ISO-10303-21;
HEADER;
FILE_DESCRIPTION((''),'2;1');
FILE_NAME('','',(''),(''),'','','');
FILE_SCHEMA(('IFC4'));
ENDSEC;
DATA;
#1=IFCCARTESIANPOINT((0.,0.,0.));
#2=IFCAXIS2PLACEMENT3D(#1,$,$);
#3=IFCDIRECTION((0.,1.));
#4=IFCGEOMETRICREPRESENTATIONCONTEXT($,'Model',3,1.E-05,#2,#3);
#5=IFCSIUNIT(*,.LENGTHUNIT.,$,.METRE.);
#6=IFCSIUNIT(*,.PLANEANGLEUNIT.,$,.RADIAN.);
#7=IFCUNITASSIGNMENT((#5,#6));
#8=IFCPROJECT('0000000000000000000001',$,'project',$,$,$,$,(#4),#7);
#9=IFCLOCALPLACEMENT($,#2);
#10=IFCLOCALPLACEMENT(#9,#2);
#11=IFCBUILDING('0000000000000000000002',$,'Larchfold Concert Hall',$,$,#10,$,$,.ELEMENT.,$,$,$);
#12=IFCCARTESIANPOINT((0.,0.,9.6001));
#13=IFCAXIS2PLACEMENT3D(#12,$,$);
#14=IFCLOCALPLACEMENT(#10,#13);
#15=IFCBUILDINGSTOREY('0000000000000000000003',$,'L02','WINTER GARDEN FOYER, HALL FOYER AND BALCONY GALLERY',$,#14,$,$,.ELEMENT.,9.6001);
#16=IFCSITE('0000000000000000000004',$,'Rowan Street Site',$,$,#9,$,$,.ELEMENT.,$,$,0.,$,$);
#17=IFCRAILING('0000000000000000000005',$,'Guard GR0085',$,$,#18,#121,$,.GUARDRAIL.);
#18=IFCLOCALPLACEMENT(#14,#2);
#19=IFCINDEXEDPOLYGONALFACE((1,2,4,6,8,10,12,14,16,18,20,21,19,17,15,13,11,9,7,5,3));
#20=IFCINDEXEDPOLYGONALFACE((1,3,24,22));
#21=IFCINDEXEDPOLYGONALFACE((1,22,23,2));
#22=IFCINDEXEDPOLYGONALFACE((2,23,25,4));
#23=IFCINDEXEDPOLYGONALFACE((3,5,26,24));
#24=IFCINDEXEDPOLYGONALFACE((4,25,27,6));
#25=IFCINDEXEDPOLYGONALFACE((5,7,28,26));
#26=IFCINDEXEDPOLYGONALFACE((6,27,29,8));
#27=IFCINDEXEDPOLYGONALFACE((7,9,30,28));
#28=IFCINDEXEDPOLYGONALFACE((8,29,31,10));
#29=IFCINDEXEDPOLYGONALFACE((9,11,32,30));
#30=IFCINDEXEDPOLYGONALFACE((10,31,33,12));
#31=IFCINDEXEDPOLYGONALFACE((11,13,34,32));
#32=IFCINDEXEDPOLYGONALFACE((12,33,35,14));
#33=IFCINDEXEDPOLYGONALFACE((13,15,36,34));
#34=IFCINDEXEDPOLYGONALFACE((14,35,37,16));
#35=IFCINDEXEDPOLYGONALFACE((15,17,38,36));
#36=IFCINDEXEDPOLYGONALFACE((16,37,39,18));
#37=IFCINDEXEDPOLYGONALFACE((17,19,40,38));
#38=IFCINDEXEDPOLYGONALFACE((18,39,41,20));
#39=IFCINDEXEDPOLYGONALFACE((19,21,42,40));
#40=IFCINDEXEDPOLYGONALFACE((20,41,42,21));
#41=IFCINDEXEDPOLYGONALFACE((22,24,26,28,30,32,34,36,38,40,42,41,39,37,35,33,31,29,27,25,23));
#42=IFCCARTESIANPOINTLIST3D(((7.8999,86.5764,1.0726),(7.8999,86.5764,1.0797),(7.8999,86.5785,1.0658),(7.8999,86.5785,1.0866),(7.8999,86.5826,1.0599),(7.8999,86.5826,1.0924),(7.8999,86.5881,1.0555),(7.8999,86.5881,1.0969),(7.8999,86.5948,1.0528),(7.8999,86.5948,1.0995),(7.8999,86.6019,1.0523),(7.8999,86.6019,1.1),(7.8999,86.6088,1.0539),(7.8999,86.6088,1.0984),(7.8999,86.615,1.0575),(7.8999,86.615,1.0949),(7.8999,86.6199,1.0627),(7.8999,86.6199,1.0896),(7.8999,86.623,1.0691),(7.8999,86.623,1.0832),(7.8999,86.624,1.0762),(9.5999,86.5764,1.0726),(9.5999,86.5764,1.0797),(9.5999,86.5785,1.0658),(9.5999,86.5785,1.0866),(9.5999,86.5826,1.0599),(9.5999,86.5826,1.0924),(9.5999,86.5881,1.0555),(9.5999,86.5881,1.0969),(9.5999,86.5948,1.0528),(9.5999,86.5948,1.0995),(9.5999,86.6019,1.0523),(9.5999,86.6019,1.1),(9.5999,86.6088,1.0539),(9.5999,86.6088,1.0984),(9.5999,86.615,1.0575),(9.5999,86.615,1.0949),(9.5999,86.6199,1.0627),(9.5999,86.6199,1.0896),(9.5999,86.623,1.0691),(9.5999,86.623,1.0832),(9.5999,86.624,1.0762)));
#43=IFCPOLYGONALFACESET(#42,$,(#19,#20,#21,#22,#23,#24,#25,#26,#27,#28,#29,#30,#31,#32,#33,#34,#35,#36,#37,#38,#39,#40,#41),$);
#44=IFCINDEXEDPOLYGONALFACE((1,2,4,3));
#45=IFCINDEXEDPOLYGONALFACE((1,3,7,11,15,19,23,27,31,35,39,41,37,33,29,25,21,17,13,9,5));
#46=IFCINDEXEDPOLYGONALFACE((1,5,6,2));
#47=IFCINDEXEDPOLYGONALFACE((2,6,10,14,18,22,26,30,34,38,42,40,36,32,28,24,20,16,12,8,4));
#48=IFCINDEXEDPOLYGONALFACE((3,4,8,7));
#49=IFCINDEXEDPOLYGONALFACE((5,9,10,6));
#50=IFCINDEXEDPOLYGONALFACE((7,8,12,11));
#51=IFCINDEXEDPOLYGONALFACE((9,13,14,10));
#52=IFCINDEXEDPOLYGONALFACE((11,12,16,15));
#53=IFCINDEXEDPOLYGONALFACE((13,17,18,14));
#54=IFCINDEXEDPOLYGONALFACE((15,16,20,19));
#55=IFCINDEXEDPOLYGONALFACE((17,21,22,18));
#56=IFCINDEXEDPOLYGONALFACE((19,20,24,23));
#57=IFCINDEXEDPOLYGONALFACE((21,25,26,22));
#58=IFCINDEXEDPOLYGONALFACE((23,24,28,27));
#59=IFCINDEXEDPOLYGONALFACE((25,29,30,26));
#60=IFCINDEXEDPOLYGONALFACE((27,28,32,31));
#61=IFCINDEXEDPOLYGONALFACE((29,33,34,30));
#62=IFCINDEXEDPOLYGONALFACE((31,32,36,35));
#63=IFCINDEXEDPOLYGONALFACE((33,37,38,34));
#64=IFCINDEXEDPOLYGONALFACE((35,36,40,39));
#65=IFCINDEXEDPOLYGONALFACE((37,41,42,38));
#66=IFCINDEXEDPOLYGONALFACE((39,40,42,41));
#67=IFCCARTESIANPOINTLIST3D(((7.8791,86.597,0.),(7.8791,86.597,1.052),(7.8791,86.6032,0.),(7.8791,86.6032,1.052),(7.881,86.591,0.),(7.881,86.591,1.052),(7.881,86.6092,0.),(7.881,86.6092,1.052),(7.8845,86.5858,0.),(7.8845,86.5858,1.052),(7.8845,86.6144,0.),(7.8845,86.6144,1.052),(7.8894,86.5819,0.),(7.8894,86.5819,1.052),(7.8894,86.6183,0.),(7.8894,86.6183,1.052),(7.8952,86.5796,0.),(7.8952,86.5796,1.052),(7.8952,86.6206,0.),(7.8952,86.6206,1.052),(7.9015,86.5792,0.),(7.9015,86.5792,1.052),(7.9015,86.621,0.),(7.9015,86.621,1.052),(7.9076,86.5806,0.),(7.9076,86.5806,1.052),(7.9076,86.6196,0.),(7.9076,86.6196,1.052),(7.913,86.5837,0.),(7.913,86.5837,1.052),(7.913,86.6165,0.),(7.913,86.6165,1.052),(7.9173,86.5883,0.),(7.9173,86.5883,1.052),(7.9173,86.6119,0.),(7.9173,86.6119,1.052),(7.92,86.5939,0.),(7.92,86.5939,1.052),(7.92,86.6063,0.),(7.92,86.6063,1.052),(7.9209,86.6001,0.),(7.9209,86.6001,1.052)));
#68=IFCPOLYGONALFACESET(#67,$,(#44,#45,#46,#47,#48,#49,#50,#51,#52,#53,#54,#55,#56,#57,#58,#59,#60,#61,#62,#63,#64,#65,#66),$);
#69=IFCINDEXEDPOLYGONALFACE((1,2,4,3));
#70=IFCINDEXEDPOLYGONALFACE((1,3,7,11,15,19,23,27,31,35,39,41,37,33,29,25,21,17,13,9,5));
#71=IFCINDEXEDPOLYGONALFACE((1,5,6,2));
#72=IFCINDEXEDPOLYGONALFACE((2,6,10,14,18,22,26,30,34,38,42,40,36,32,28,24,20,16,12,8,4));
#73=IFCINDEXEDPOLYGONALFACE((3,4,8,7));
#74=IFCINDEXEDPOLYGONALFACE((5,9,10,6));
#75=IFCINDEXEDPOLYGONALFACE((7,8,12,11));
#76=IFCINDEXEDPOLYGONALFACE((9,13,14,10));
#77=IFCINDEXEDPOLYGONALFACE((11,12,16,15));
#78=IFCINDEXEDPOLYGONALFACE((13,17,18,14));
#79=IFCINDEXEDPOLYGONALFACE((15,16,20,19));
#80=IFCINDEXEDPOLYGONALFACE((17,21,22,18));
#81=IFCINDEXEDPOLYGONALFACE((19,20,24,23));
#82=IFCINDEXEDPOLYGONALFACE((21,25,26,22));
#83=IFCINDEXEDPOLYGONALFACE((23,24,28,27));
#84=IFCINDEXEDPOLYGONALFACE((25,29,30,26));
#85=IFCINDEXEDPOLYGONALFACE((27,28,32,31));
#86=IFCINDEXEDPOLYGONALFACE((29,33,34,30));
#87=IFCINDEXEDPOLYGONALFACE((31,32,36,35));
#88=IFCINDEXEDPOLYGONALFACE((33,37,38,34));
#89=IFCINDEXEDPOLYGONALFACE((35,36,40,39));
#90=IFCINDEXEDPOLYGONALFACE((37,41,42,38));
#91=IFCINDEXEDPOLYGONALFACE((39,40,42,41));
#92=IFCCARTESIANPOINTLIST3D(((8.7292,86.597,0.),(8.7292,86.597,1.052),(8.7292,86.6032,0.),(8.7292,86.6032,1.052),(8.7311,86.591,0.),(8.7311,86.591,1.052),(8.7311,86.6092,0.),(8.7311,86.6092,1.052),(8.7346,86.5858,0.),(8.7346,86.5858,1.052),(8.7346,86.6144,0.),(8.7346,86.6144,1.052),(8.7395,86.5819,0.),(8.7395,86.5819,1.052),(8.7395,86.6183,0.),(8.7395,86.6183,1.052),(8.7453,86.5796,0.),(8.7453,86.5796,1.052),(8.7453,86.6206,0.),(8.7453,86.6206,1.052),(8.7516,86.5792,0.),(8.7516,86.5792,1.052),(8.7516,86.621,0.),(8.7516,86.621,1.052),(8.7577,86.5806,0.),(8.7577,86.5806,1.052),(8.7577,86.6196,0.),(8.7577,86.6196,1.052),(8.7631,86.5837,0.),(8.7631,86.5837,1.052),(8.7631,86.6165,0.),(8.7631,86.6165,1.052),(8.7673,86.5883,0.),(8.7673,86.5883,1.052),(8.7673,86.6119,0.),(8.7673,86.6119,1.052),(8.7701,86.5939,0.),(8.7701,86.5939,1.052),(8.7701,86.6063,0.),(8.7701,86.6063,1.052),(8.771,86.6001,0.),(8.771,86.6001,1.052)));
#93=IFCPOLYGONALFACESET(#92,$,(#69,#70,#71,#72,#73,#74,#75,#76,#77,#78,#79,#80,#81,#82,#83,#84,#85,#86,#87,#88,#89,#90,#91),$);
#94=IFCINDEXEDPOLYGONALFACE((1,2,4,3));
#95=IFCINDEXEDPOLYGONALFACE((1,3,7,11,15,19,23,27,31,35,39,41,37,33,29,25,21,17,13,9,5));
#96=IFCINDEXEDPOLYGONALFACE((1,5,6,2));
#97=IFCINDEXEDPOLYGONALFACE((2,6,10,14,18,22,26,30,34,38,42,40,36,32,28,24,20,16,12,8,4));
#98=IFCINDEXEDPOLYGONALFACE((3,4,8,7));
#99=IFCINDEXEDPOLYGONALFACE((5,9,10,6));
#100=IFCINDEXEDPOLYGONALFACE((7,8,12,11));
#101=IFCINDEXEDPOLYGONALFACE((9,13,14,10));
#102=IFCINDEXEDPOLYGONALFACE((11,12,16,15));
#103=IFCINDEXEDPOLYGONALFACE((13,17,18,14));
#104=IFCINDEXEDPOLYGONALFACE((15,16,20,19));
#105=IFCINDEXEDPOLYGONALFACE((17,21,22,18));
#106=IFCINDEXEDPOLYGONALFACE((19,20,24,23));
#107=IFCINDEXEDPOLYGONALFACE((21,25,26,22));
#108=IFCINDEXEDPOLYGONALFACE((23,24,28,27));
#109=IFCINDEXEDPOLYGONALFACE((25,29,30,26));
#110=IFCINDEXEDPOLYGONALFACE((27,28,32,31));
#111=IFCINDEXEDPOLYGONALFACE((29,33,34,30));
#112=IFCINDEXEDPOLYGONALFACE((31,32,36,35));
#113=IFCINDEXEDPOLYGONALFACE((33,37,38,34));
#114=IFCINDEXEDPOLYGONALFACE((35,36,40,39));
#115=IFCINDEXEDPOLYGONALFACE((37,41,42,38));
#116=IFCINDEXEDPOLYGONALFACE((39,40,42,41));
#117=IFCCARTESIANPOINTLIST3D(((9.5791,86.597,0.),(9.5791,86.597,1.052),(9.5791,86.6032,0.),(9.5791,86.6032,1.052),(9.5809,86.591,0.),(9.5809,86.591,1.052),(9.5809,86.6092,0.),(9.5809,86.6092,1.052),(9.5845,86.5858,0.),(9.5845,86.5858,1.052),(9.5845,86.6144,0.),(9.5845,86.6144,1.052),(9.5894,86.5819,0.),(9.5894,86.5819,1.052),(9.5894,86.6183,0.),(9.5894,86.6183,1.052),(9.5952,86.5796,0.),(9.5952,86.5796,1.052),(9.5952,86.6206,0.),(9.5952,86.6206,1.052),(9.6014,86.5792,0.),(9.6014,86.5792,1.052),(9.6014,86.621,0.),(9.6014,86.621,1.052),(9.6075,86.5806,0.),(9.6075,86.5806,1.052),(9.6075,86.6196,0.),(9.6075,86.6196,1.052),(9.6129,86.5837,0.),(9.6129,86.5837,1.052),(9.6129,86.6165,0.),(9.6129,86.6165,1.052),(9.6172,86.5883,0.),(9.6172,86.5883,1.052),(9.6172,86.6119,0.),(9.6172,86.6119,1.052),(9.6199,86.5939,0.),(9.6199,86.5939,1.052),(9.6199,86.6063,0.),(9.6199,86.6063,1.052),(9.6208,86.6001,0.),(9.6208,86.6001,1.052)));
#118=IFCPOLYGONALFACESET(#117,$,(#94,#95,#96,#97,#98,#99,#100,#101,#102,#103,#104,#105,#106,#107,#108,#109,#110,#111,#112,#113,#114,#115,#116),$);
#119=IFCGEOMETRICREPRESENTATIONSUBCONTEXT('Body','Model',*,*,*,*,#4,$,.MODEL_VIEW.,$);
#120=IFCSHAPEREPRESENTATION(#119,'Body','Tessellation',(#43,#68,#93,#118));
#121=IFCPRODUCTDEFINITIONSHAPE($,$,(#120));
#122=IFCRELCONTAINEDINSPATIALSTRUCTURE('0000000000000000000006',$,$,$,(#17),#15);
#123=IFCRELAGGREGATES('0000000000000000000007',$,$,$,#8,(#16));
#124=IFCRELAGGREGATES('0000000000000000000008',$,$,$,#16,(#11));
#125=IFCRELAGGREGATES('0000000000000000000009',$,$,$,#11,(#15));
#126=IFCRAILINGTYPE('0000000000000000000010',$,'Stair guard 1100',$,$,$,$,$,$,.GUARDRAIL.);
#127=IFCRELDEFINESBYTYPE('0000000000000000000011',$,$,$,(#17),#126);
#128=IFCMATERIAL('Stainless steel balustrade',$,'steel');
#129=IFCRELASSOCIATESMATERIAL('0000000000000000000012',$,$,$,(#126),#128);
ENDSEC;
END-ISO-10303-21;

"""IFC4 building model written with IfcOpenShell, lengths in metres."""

from ifc_helpers import new_model, si_unit, direction, frame, origin, origin_2d, place, context, subcontext, project, spatial, circle, extrude, material, type_object, element, save


model = new_model("IFC4")

# Units and contexts
model_context = context("Model", 3, precision=1e-05, world=origin(), true_north=direction((0.0, 1.0)))
body_context = subcontext(model_context, "Body", "Model", "MODEL_VIEW")
ifc_project = project(units=[si_unit("LENGTHUNIT", "METRE"), si_unit("PLANEANGLEUNIT", "RADIAN")], contexts=[model_context])

# Site, building, storey
site_placement = place(None, origin())
site = spatial("IfcSite", under=ifc_project, at=site_placement, Name="Rowan Street Site", CompositionType="ELEMENT", RefElevation=0.0)
building_placement = place(site_placement, origin())
building = spatial("IfcBuilding", under=site, at=building_placement, Name="Larchfold Concert Hall", CompositionType="ELEMENT")
storey_placement = place(building_placement, frame((0.0, 0.0, 9.6001)))
storey = spatial("IfcBuildingStorey", under=building, at=storey_placement, Name="L02", Description="WINTER GARDEN FOYER, HALL FOYER AND BALCONY GALLERY", CompositionType="ELEMENT", Elevation=9.6001)

# Railing
ifc_material_1 = material(Name="Stainless steel balustrade", Category="steel")
railing_type = type_object("IfcRailingType", Name="Stair guard 1100", PredefinedType="GUARDRAIL", material=ifc_material_1)
railing_placement = place(storey_placement, frame((7.8999, 86.6001, 0.0)))
element("IfcRailing", 1, at=railing_placement, inside=storey, type_object=railing_type, Name="Guard GR0085", PredefinedType="GUARDRAIL", context=body_context, shape_type="SweptSolid", body=[
    extrude(circle(Radius=0.0239, at=origin_2d()), frame((0.0, 0.0, 1.0762), z_axis=(1.0, 0.0, 0.0), x_axis=(0.0, 1.0, 0.0)), (0.0, 0.0, 1.0), 1.7),
    extrude(circle(Radius=0.021, at=origin_2d()), origin(), (0.0, 0.0, 1.0), 1.052),
    extrude(circle(Radius=0.021, at=origin_2d()), frame((0.8501, 0.0, 0.0)), (0.0, 0.0, 1.0), 1.052),
    extrude(circle(Radius=0.021, at=origin_2d()), frame((1.7, 0.0, 0.0)), (0.0, 0.0, 1.0), 1.052),
])

save(model, "model.ifc")
